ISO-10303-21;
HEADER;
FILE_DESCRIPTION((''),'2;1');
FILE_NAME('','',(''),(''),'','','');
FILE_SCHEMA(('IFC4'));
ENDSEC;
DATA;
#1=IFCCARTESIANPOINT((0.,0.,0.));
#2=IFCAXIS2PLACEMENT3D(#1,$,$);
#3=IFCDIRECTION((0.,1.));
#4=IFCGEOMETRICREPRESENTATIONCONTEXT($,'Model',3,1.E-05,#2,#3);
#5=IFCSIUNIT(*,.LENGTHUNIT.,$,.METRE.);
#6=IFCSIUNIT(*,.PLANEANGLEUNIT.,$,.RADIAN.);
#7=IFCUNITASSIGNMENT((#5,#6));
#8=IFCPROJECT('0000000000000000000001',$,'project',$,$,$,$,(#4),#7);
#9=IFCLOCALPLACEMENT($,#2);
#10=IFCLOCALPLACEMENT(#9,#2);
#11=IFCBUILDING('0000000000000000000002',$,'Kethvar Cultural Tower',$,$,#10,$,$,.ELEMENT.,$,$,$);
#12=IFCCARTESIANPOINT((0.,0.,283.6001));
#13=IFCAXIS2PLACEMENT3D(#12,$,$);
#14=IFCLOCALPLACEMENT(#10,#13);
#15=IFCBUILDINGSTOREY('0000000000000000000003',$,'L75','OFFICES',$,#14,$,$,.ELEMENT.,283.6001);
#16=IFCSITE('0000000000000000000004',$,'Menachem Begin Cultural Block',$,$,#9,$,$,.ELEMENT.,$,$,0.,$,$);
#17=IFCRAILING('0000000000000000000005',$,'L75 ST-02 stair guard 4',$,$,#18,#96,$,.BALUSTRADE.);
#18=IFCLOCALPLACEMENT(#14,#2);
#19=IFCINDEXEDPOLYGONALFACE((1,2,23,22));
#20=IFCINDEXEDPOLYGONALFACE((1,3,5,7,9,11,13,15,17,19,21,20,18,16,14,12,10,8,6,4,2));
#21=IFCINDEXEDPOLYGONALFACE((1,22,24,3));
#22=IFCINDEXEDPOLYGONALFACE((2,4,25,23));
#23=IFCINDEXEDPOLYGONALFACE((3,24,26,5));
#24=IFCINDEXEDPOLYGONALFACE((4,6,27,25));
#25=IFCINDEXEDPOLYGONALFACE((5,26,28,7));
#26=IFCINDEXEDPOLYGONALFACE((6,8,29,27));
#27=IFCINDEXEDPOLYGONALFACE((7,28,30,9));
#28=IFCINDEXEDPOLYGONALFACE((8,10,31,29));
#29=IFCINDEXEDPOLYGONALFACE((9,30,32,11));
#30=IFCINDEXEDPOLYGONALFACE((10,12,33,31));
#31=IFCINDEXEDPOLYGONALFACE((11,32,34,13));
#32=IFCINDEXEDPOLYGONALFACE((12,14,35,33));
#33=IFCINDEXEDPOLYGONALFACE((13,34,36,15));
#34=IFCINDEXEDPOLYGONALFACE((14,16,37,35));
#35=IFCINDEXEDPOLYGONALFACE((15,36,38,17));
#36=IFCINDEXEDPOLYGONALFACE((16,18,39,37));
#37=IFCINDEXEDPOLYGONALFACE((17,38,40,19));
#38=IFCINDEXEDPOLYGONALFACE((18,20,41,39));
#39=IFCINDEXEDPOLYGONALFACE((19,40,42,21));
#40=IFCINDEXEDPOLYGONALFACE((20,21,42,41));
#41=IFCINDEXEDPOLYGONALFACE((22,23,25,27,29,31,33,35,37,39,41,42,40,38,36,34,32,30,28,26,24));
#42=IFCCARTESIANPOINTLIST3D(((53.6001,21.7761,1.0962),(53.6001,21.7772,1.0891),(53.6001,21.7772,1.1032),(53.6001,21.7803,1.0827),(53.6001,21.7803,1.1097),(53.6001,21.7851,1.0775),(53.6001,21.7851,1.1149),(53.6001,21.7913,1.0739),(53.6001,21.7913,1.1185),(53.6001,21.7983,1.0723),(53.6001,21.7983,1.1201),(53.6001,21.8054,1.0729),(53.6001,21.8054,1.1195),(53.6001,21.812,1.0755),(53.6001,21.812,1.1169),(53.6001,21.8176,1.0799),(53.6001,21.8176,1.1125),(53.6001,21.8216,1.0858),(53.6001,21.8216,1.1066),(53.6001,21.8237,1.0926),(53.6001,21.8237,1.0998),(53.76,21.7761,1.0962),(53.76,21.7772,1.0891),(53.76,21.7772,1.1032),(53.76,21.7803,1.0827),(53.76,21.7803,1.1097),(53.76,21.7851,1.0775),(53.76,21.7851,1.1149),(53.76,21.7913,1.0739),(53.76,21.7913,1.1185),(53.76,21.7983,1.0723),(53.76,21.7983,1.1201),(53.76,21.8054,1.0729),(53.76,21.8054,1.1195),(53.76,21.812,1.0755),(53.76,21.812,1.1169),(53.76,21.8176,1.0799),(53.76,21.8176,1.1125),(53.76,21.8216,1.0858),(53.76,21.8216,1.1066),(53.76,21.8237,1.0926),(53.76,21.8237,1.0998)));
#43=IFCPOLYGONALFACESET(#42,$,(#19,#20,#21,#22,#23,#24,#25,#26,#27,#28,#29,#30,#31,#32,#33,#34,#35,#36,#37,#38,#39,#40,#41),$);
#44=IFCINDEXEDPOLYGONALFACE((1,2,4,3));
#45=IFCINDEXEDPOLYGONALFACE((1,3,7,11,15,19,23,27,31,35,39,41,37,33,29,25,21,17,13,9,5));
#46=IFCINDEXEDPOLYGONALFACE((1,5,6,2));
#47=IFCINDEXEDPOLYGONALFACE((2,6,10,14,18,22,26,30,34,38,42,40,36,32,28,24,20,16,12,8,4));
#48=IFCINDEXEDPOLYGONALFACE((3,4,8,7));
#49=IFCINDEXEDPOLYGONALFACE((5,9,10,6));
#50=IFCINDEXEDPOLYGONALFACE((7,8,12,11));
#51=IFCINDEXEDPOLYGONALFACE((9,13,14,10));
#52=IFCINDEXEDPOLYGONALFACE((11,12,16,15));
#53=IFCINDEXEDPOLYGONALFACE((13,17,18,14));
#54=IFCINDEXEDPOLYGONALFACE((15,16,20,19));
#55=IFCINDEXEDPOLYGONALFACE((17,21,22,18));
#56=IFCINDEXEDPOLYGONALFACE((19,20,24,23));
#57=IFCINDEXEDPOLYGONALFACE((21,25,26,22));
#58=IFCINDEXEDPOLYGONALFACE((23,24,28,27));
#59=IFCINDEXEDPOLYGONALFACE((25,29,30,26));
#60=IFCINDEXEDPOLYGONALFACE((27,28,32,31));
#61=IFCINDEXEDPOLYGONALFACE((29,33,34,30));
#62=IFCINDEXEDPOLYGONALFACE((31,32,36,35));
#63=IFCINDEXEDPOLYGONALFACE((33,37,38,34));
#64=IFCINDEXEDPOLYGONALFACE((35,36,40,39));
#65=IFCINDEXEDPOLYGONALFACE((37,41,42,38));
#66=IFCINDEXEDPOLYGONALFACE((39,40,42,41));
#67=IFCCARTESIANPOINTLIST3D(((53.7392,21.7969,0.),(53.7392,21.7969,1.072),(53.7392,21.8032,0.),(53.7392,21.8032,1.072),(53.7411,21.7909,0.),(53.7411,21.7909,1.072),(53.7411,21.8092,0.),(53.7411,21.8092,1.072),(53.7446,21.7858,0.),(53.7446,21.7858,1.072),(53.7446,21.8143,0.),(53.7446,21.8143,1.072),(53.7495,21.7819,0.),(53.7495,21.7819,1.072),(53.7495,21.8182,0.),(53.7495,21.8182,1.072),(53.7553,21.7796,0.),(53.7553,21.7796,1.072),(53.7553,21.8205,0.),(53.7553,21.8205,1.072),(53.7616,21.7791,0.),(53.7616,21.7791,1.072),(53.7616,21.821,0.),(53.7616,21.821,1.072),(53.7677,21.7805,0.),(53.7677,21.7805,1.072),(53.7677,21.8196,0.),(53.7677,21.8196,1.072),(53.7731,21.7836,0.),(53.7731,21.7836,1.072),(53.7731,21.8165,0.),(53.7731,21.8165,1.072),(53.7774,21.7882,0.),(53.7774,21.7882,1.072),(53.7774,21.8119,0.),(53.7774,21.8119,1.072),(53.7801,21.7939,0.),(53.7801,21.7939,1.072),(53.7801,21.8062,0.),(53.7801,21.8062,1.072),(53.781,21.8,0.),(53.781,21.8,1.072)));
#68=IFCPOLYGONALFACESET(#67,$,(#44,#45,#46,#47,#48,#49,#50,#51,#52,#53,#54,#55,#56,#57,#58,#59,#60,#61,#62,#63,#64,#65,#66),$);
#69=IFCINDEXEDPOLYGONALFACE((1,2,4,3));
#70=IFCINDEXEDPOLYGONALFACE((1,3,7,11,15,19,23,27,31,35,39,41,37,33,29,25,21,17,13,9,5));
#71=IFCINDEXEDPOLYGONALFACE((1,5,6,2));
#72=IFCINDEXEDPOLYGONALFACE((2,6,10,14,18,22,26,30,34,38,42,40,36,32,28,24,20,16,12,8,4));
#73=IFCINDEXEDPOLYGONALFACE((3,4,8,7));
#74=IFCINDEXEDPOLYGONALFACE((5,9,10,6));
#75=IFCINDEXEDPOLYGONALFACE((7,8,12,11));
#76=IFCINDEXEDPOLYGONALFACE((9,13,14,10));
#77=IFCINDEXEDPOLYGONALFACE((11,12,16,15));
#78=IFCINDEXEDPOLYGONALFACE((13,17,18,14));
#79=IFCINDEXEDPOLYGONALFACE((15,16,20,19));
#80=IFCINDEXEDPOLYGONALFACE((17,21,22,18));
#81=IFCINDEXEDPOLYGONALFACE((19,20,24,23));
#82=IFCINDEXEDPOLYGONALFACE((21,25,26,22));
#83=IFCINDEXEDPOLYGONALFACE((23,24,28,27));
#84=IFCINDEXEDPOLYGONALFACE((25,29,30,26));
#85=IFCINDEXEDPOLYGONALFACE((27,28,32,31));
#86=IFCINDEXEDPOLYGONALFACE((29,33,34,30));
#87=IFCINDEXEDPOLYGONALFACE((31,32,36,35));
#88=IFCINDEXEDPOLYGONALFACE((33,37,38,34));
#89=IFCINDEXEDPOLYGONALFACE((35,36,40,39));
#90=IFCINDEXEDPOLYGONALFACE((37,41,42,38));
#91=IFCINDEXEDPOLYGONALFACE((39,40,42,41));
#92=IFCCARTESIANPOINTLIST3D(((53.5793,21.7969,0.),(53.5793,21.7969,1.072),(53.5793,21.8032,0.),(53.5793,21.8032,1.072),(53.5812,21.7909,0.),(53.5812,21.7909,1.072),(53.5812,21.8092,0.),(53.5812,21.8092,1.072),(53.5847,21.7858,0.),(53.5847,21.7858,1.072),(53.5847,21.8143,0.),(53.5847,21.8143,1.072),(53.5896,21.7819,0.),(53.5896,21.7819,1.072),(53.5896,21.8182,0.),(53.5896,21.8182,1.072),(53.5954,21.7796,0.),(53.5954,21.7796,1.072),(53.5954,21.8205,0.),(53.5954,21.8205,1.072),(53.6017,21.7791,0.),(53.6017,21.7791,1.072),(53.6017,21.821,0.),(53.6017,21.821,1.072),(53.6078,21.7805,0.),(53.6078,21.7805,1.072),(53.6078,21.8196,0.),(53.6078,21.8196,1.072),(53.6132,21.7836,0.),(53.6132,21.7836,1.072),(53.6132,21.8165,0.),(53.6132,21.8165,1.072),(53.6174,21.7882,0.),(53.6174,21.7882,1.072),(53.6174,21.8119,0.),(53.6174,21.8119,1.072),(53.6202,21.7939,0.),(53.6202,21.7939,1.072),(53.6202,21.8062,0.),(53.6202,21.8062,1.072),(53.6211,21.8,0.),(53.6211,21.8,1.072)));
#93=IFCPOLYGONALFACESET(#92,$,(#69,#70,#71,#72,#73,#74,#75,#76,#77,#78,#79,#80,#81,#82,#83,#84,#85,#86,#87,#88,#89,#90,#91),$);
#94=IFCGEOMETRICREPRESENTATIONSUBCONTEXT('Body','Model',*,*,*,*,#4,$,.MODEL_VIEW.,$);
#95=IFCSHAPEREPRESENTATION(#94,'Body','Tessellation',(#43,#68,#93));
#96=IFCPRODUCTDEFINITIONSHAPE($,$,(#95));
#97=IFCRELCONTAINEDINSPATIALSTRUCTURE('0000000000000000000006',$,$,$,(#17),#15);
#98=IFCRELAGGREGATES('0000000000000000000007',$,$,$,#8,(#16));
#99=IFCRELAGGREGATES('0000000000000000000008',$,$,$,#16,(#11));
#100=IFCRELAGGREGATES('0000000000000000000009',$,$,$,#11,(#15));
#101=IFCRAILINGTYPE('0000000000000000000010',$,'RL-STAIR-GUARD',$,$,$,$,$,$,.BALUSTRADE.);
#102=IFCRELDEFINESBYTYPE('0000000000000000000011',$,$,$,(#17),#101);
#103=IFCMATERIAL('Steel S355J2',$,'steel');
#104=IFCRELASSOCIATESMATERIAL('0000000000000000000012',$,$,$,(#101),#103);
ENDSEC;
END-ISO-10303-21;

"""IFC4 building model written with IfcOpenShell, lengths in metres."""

from ifc_helpers import new_model, si_unit, direction, frame, origin, origin_2d, place, context, subcontext, project, spatial, circle, extrude, material, type_object, element, save


model = new_model("IFC4")

# Units and contexts
model_context = context("Model", 3, precision=1e-05, world=origin(), true_north=direction((0.0, 1.0)))
body_context = subcontext(model_context, "Body", "Model", "MODEL_VIEW")
ifc_project = project(units=[si_unit("LENGTHUNIT", "METRE"), si_unit("PLANEANGLEUNIT", "RADIAN")], contexts=[model_context])

# Site, building, storey
site_placement = place(None, origin())
site = spatial("IfcSite", under=ifc_project, at=site_placement, Name="Menachem Begin Cultural Block", CompositionType="ELEMENT", RefElevation=0.0)
building_placement = place(site_placement, origin())
building = spatial("IfcBuilding", under=site, at=building_placement, Name="Kethvar Cultural Tower", CompositionType="ELEMENT")
storey_placement = place(building_placement, frame((0.0, 0.0, 283.6001)))
storey = spatial("IfcBuildingStorey", under=building, at=storey_placement, Name="L75", Description="OFFICES", CompositionType="ELEMENT", Elevation=283.6001)

# Shared definitions
ifc_material_1 = material(Name="Steel S355J2", Category="steel")

# Railing
railing_type_1 = type_object("IfcRailingType", Name="RL-STAIR-GUARD", PredefinedType="BALUSTRADE", material=ifc_material_1)
railing_1_placement = place(storey_placement, frame((53.76, 21.8, 0.0)))
element("IfcRailing", 1, at=railing_1_placement, inside=storey, type_object=railing_type_1, Name="L75 ST-02 stair guard 4", PredefinedType="BALUSTRADE", context=body_context, shape_type="SweptSolid", body=[
    extrude(circle(Radius=0.0239, at=origin_2d()), frame((0.0, 0.0, 1.0962), z_axis=(-1.0, 0.0, 0.0), x_axis=(0.0, -1.0, 0.0)), (0.0, 0.0, 1.0), 0.1599),
    extrude(circle(Radius=0.021, at=origin_2d()), origin(), (0.0, 0.0, 1.0), 1.072),
    extrude(circle(Radius=0.021, at=origin_2d()), frame((-0.1599, 0.0, 0.0)), (0.0, 0.0, 1.0), 1.072),
])

save(model, "model.ifc")
